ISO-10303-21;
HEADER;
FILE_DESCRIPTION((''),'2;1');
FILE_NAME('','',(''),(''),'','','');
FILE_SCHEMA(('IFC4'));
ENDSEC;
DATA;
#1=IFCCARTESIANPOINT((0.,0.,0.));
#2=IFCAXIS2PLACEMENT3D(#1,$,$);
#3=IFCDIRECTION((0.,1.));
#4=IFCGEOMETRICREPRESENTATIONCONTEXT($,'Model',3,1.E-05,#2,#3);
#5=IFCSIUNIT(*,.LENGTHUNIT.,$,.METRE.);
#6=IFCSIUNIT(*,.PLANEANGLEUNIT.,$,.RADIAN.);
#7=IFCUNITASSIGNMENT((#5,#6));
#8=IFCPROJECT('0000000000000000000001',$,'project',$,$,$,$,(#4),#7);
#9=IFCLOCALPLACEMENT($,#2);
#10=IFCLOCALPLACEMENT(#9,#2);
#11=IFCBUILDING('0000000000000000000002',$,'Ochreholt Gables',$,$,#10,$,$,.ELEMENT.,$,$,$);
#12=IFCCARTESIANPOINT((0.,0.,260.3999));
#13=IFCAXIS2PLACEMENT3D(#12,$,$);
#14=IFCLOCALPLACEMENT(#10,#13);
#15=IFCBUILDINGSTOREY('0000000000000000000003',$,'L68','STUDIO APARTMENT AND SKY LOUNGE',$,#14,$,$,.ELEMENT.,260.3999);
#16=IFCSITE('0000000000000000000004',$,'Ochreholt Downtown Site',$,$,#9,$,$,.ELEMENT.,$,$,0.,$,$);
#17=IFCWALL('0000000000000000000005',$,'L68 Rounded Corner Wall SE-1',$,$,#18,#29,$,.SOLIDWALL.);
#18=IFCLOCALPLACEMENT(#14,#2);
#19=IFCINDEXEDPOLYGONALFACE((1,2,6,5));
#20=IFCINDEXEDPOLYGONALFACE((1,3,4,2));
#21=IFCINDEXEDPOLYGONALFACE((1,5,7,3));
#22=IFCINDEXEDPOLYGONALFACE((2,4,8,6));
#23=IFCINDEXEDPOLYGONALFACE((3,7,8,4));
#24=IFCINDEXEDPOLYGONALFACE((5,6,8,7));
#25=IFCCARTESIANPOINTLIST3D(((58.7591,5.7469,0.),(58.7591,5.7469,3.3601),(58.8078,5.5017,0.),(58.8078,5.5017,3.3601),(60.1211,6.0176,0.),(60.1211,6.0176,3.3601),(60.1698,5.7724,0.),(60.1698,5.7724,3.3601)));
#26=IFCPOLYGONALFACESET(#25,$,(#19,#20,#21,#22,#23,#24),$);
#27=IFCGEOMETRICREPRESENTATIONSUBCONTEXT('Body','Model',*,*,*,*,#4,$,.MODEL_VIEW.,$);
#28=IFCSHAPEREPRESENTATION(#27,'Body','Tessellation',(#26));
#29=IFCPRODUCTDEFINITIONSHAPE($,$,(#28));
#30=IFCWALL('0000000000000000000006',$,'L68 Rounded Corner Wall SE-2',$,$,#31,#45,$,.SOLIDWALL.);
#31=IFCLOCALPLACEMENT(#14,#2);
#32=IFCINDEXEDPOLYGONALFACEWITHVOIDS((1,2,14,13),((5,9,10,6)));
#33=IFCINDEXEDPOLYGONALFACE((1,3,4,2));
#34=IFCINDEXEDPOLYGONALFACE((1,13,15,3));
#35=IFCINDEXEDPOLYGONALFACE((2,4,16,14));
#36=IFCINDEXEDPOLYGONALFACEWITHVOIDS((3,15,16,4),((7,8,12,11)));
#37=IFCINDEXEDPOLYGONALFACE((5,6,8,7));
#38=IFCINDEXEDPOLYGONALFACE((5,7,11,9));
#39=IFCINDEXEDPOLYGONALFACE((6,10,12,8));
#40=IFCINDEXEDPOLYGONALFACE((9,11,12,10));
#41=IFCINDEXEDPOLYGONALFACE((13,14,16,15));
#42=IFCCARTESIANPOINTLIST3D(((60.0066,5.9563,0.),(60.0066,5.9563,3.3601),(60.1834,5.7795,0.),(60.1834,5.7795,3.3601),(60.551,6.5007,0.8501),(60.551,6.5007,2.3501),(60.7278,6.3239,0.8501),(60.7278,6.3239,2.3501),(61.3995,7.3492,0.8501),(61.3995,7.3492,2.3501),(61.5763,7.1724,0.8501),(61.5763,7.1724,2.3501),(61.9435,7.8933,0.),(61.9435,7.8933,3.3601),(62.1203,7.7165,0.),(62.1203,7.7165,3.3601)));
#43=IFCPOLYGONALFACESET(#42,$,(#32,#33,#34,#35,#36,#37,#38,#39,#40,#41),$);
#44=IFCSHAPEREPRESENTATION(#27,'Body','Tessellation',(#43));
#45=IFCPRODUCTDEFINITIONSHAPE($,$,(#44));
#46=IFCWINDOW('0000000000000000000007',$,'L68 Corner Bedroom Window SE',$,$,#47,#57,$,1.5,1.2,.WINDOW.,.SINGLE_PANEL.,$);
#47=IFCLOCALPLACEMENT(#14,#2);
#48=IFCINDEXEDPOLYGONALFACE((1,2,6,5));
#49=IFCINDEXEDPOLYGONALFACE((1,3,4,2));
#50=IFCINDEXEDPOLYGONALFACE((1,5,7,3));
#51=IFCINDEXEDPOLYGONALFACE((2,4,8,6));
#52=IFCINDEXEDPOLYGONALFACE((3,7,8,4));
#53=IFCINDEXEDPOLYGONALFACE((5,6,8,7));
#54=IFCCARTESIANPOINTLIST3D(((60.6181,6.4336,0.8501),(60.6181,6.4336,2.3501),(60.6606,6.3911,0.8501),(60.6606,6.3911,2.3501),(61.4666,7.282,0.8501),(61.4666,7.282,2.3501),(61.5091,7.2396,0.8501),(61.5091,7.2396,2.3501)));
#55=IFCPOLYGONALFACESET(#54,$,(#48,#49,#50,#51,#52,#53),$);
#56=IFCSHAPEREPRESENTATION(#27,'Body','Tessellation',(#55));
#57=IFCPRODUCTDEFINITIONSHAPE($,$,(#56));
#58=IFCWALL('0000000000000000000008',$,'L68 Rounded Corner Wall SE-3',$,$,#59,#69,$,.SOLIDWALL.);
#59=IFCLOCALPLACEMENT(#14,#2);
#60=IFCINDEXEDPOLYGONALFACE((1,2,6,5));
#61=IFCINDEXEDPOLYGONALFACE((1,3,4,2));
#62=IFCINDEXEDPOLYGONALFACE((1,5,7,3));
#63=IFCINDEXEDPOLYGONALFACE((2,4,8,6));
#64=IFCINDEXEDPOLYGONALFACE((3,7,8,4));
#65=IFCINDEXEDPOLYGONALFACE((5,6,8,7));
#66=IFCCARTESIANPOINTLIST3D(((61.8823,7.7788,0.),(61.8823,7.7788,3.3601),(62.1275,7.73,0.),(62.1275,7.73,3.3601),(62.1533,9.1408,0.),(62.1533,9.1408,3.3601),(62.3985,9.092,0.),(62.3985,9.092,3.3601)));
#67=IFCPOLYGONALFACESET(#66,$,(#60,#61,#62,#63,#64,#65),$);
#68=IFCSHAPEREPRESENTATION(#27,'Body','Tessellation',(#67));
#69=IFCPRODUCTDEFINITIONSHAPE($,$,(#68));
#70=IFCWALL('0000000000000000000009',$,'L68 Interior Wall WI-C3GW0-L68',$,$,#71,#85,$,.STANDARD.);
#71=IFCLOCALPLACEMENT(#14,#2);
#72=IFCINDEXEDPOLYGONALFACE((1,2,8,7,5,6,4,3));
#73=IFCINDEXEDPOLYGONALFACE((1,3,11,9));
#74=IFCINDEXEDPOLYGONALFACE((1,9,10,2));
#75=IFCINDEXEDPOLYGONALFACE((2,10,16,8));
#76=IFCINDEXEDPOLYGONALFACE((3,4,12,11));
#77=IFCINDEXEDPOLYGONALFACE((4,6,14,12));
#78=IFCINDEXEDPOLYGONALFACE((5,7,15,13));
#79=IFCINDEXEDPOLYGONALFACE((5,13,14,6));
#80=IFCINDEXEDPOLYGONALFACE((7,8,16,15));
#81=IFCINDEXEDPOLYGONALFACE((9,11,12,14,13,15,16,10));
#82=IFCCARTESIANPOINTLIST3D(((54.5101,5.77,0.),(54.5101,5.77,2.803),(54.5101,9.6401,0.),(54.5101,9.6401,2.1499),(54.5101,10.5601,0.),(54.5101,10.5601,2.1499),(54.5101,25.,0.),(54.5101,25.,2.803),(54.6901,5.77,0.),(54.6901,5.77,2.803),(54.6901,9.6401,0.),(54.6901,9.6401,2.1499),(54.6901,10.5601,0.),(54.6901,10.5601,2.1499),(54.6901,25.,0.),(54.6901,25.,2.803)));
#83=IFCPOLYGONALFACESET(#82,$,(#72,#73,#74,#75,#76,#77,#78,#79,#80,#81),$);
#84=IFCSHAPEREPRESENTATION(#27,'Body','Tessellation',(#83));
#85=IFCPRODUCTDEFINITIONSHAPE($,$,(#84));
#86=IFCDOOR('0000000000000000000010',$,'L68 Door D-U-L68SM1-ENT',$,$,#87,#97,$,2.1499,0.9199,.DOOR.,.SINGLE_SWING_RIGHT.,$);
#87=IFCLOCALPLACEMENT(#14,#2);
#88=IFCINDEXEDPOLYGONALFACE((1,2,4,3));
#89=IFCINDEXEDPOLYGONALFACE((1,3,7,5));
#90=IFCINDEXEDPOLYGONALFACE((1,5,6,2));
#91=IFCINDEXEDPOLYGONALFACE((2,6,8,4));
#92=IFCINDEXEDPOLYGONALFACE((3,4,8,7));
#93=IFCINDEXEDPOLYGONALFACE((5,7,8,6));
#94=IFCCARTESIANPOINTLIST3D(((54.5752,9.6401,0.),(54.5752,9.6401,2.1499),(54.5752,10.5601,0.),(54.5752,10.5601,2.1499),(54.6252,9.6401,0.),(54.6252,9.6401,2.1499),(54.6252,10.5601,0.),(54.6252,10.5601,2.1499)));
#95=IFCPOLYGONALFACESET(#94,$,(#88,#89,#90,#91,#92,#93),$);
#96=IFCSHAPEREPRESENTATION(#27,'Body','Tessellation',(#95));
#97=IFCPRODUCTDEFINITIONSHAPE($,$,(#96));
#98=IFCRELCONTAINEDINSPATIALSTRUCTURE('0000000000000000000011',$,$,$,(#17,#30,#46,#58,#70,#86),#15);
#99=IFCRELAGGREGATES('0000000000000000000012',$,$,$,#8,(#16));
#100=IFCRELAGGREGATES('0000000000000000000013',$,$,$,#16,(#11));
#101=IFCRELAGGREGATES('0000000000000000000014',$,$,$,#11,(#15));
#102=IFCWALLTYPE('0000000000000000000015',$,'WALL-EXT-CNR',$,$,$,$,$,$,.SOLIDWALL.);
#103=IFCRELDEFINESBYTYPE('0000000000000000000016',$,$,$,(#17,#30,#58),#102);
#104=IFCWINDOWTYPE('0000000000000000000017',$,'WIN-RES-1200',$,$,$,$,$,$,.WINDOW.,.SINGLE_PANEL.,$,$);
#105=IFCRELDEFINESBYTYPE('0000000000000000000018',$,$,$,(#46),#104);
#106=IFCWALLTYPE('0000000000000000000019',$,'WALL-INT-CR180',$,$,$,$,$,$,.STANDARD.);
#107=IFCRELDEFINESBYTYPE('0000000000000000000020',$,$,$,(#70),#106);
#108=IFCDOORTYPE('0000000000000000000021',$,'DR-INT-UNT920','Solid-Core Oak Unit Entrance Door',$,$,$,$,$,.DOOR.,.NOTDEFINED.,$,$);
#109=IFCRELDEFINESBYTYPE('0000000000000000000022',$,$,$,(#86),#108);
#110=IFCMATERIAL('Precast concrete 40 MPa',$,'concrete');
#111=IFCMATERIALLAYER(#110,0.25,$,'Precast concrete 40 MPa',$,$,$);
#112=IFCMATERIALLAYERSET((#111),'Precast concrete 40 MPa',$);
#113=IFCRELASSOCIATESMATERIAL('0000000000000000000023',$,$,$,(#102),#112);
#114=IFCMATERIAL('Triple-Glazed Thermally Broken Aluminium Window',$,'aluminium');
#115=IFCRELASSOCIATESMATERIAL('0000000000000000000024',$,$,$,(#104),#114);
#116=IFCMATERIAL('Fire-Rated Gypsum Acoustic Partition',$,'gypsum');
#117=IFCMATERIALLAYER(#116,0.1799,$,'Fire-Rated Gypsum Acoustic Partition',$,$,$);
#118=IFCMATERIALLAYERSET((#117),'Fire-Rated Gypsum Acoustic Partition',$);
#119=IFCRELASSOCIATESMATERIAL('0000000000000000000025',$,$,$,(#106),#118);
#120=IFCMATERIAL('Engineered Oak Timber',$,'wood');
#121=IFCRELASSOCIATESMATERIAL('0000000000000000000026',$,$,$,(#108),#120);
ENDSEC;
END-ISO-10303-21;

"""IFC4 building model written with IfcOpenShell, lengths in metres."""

from ifc_helpers import new_model, si_unit, direction, frame, frame_2d, origin, place, context, subcontext, project, spatial, rectangle, extrude, material, layer, layer_set, type_object, element, fill, save


model = new_model("IFC4")

# Units and contexts
model_context = context("Model", 3, precision=1e-05, world=origin(), true_north=direction((0.0, 1.0)))
body_context = subcontext(model_context, "Body", "Model", "MODEL_VIEW")
ifc_project = project(units=[si_unit("LENGTHUNIT", "METRE"), si_unit("PLANEANGLEUNIT", "RADIAN")], contexts=[model_context])

# Site, building, storey
site_placement = place(None, origin())
site = spatial("IfcSite", under=ifc_project, at=site_placement, Name="Ochreholt Downtown Site", CompositionType="ELEMENT", RefElevation=0.0)
building_placement = place(site_placement, origin())
building = spatial("IfcBuilding", under=site, at=building_placement, Name="Ochreholt Gables", CompositionType="ELEMENT")
storey_placement = place(building_placement, frame((0.0, 0.0, 260.3999)))
storey = spatial("IfcBuildingStorey", under=building, at=storey_placement, Name="L68", Description="STUDIO APARTMENT AND SKY LOUNGE", CompositionType="ELEMENT", Elevation=260.3999)

# Shared definitions
ifc_material_1 = material(Name="Precast concrete 40 MPa", Category="concrete")
ifc_material_2 = material(Name="Triple-Glazed Thermally Broken Aluminium Window", Category="aluminium")

# Wall
ifc_layer_1 = layer(ifc_material_1, 0.25, Name="Precast concrete 40 MPa")
ifc_layer_set_1 = layer_set([ifc_layer_1], Name="Precast concrete 40 MPa")
wall_type_1 = type_object("IfcWallType", Name="WALL-EXT-CNR", PredefinedType="SOLIDWALL", material=ifc_layer_set_1)
wall_1_placement = place(storey_placement, frame((58.7834, 5.6243, 0.0), z_axis=(0.0, 0.0, 1.0), x_axis=(0.98081, 0.194967, 0.0)))
element("IfcWall", 1, at=wall_1_placement, inside=storey, type_object=wall_type_1, Name="L68 Rounded Corner Wall SE-1", PredefinedType="SOLIDWALL", context=body_context, shape_type="SweptSolid", body=[
    extrude(rectangle(XDim=1.3887, YDim=0.25, at=frame_2d((0.6943, 0.0))), origin(), (0.0, 0.0, 1.0), 3.3601),
])

# Wall, opening, window
wall_2_placement = place(storey_placement, frame((60.095, 5.8679, 0.0), z_axis=(0.0, 0.0, 1.0), x_axis=(0.707107, 0.707107, 0.0)))
wall_2 = element("IfcWall", 2, at=wall_2_placement, inside=storey, type_object=wall_type_1, Name="L68 Rounded Corner Wall SE-2", PredefinedType="SOLIDWALL", context=body_context, shape_type="SweptSolid", body=[
    extrude(rectangle(XDim=2.7393, YDim=0.25, at=frame_2d((1.3696, 0.0))), origin(), (0.0, 0.0, 1.0), 3.3601),
])
opening_1_placement = place(wall_2_placement, frame((0.7698, 0.0, 0.8501)))
opening_1 = element("IfcOpeningElement", 3, at=opening_1_placement, cuts=wall_2, PredefinedType="OPENING", context=body_context, shape_type="SweptSolid", body=[
    extrude(rectangle(XDim=1.2, YDim=1.5, at=frame_2d((0.6001, 0.75))), frame((0.0, 0.135, 0.0), z_axis=(0.0, -1.0, 0.0), x_axis=(1.0, 0.0, 0.0)), (0.0, 0.0, 1.0), 0.27),
])
window_type_1 = type_object("IfcWindowType", Name="WIN-RES-1200", PartitioningType="SINGLE_PANEL", PredefinedType="WINDOW", material=ifc_material_2)
window_1_placement = place(opening_1_placement, origin())
window_1 = element("IfcWindow", 4, at=window_1_placement, inside=storey, type_object=window_type_1, Name="L68 Corner Bedroom Window SE", OverallHeight=1.5, OverallWidth=1.2, PartitioningType="SINGLE_PANEL", PredefinedType="WINDOW", context=body_context, shape_type="SweptSolid", body=[
    extrude(rectangle(XDim=1.2, YDim=1.5, at=frame_2d((0.6001, 0.75))), frame((0.0, 0.03, 0.0), z_axis=(0.0, -1.0, 0.0), x_axis=(1.0, 0.0, 0.0)), (0.0, 0.0, 1.0), 0.0601),
])
fill(opening_1, window_1)

# Wall
wall_3_placement = place(storey_placement, frame((62.0049, 7.7544, 0.0), z_axis=(0.0, 0.0, 1.0), x_axis=(0.195136, 0.980776, 0.0)))
element("IfcWall", 5, at=wall_3_placement, inside=storey, type_object=wall_type_1, Name="L68 Rounded Corner Wall SE-3", PredefinedType="SOLIDWALL", context=body_context, shape_type="SweptSolid", body=[
    extrude(rectangle(XDim=1.3887, YDim=0.25, at=frame_2d((0.6943, 0.0))), origin(), (0.0, 0.0, 1.0), 3.3601),
])

# Wall, opening, door
ifc_material_3 = material(Name="Fire-Rated Gypsum Acoustic Partition", Category="gypsum")
ifc_layer_2 = layer(ifc_material_3, 0.1799, Name="Fire-Rated Gypsum Acoustic Partition")
ifc_layer_set_2 = layer_set([ifc_layer_2], Name="Fire-Rated Gypsum Acoustic Partition")
wall_type_2 = type_object("IfcWallType", Name="WALL-INT-CR180", PredefinedType="STANDARD", material=ifc_layer_set_2)
wall_4_placement = place(storey_placement, frame((54.6001, 5.77, 0.0), z_axis=(0.0, 0.0, 1.0), x_axis=(0.0, 1.0, 0.0)))
wall_4 = element("IfcWall", 6, at=wall_4_placement, inside=storey, type_object=wall_type_2, Name="L68 Interior Wall WI-C3GW0-L68", PredefinedType="STANDARD", context=body_context, shape_type="SweptSolid", body=[
    extrude(rectangle(XDim=19.23, YDim=0.1799, at=frame_2d((9.615, 0.0))), origin(), (0.0, 0.0, 1.0), 2.803),
])
opening_2_placement = place(wall_4_placement, frame((3.8701, 0.0, 0.0)))
opening_2 = element("IfcOpeningElement", 7, at=opening_2_placement, cuts=wall_4, PredefinedType="OPENING", context=body_context, shape_type="SweptSolid", body=[
    extrude(rectangle(XDim=0.9199, YDim=2.1499, at=frame_2d((0.46, 1.075))), frame((0.0, 0.0999, 0.0), z_axis=(0.0, -1.0, 0.0), x_axis=(1.0, 0.0, 0.0)), (0.0, 0.0, 1.0), 0.2),
])
ifc_material_4 = material(Name="Engineered Oak Timber", Category="wood")
door_type_1 = type_object("IfcDoorType", Name="DR-INT-UNT920", Description="Solid-Core Oak Unit Entrance Door", OperationType="NOTDEFINED", PredefinedType="DOOR", material=ifc_material_4)
door_1_placement = place(opening_2_placement, origin())
door_1 = element("IfcDoor", 8, at=door_1_placement, inside=storey, type_object=door_type_1, Name="L68 Door D-U-L68SM1-ENT", OperationType="SINGLE_SWING_RIGHT", OverallHeight=2.1499, OverallWidth=0.9199, PredefinedType="DOOR", context=body_context, shape_type="SweptSolid", body=[
    extrude(rectangle(XDim=0.9199, YDim=2.1499, at=frame_2d((0.46, 1.075))), frame((0.0, 0.0249, 0.0), z_axis=(0.0, -1.0, 0.0), x_axis=(1.0, 0.0, 0.0)), (0.0, 0.0, 1.0), 0.05),
])
fill(opening_2, door_1)

save(model, "model.ifc")
